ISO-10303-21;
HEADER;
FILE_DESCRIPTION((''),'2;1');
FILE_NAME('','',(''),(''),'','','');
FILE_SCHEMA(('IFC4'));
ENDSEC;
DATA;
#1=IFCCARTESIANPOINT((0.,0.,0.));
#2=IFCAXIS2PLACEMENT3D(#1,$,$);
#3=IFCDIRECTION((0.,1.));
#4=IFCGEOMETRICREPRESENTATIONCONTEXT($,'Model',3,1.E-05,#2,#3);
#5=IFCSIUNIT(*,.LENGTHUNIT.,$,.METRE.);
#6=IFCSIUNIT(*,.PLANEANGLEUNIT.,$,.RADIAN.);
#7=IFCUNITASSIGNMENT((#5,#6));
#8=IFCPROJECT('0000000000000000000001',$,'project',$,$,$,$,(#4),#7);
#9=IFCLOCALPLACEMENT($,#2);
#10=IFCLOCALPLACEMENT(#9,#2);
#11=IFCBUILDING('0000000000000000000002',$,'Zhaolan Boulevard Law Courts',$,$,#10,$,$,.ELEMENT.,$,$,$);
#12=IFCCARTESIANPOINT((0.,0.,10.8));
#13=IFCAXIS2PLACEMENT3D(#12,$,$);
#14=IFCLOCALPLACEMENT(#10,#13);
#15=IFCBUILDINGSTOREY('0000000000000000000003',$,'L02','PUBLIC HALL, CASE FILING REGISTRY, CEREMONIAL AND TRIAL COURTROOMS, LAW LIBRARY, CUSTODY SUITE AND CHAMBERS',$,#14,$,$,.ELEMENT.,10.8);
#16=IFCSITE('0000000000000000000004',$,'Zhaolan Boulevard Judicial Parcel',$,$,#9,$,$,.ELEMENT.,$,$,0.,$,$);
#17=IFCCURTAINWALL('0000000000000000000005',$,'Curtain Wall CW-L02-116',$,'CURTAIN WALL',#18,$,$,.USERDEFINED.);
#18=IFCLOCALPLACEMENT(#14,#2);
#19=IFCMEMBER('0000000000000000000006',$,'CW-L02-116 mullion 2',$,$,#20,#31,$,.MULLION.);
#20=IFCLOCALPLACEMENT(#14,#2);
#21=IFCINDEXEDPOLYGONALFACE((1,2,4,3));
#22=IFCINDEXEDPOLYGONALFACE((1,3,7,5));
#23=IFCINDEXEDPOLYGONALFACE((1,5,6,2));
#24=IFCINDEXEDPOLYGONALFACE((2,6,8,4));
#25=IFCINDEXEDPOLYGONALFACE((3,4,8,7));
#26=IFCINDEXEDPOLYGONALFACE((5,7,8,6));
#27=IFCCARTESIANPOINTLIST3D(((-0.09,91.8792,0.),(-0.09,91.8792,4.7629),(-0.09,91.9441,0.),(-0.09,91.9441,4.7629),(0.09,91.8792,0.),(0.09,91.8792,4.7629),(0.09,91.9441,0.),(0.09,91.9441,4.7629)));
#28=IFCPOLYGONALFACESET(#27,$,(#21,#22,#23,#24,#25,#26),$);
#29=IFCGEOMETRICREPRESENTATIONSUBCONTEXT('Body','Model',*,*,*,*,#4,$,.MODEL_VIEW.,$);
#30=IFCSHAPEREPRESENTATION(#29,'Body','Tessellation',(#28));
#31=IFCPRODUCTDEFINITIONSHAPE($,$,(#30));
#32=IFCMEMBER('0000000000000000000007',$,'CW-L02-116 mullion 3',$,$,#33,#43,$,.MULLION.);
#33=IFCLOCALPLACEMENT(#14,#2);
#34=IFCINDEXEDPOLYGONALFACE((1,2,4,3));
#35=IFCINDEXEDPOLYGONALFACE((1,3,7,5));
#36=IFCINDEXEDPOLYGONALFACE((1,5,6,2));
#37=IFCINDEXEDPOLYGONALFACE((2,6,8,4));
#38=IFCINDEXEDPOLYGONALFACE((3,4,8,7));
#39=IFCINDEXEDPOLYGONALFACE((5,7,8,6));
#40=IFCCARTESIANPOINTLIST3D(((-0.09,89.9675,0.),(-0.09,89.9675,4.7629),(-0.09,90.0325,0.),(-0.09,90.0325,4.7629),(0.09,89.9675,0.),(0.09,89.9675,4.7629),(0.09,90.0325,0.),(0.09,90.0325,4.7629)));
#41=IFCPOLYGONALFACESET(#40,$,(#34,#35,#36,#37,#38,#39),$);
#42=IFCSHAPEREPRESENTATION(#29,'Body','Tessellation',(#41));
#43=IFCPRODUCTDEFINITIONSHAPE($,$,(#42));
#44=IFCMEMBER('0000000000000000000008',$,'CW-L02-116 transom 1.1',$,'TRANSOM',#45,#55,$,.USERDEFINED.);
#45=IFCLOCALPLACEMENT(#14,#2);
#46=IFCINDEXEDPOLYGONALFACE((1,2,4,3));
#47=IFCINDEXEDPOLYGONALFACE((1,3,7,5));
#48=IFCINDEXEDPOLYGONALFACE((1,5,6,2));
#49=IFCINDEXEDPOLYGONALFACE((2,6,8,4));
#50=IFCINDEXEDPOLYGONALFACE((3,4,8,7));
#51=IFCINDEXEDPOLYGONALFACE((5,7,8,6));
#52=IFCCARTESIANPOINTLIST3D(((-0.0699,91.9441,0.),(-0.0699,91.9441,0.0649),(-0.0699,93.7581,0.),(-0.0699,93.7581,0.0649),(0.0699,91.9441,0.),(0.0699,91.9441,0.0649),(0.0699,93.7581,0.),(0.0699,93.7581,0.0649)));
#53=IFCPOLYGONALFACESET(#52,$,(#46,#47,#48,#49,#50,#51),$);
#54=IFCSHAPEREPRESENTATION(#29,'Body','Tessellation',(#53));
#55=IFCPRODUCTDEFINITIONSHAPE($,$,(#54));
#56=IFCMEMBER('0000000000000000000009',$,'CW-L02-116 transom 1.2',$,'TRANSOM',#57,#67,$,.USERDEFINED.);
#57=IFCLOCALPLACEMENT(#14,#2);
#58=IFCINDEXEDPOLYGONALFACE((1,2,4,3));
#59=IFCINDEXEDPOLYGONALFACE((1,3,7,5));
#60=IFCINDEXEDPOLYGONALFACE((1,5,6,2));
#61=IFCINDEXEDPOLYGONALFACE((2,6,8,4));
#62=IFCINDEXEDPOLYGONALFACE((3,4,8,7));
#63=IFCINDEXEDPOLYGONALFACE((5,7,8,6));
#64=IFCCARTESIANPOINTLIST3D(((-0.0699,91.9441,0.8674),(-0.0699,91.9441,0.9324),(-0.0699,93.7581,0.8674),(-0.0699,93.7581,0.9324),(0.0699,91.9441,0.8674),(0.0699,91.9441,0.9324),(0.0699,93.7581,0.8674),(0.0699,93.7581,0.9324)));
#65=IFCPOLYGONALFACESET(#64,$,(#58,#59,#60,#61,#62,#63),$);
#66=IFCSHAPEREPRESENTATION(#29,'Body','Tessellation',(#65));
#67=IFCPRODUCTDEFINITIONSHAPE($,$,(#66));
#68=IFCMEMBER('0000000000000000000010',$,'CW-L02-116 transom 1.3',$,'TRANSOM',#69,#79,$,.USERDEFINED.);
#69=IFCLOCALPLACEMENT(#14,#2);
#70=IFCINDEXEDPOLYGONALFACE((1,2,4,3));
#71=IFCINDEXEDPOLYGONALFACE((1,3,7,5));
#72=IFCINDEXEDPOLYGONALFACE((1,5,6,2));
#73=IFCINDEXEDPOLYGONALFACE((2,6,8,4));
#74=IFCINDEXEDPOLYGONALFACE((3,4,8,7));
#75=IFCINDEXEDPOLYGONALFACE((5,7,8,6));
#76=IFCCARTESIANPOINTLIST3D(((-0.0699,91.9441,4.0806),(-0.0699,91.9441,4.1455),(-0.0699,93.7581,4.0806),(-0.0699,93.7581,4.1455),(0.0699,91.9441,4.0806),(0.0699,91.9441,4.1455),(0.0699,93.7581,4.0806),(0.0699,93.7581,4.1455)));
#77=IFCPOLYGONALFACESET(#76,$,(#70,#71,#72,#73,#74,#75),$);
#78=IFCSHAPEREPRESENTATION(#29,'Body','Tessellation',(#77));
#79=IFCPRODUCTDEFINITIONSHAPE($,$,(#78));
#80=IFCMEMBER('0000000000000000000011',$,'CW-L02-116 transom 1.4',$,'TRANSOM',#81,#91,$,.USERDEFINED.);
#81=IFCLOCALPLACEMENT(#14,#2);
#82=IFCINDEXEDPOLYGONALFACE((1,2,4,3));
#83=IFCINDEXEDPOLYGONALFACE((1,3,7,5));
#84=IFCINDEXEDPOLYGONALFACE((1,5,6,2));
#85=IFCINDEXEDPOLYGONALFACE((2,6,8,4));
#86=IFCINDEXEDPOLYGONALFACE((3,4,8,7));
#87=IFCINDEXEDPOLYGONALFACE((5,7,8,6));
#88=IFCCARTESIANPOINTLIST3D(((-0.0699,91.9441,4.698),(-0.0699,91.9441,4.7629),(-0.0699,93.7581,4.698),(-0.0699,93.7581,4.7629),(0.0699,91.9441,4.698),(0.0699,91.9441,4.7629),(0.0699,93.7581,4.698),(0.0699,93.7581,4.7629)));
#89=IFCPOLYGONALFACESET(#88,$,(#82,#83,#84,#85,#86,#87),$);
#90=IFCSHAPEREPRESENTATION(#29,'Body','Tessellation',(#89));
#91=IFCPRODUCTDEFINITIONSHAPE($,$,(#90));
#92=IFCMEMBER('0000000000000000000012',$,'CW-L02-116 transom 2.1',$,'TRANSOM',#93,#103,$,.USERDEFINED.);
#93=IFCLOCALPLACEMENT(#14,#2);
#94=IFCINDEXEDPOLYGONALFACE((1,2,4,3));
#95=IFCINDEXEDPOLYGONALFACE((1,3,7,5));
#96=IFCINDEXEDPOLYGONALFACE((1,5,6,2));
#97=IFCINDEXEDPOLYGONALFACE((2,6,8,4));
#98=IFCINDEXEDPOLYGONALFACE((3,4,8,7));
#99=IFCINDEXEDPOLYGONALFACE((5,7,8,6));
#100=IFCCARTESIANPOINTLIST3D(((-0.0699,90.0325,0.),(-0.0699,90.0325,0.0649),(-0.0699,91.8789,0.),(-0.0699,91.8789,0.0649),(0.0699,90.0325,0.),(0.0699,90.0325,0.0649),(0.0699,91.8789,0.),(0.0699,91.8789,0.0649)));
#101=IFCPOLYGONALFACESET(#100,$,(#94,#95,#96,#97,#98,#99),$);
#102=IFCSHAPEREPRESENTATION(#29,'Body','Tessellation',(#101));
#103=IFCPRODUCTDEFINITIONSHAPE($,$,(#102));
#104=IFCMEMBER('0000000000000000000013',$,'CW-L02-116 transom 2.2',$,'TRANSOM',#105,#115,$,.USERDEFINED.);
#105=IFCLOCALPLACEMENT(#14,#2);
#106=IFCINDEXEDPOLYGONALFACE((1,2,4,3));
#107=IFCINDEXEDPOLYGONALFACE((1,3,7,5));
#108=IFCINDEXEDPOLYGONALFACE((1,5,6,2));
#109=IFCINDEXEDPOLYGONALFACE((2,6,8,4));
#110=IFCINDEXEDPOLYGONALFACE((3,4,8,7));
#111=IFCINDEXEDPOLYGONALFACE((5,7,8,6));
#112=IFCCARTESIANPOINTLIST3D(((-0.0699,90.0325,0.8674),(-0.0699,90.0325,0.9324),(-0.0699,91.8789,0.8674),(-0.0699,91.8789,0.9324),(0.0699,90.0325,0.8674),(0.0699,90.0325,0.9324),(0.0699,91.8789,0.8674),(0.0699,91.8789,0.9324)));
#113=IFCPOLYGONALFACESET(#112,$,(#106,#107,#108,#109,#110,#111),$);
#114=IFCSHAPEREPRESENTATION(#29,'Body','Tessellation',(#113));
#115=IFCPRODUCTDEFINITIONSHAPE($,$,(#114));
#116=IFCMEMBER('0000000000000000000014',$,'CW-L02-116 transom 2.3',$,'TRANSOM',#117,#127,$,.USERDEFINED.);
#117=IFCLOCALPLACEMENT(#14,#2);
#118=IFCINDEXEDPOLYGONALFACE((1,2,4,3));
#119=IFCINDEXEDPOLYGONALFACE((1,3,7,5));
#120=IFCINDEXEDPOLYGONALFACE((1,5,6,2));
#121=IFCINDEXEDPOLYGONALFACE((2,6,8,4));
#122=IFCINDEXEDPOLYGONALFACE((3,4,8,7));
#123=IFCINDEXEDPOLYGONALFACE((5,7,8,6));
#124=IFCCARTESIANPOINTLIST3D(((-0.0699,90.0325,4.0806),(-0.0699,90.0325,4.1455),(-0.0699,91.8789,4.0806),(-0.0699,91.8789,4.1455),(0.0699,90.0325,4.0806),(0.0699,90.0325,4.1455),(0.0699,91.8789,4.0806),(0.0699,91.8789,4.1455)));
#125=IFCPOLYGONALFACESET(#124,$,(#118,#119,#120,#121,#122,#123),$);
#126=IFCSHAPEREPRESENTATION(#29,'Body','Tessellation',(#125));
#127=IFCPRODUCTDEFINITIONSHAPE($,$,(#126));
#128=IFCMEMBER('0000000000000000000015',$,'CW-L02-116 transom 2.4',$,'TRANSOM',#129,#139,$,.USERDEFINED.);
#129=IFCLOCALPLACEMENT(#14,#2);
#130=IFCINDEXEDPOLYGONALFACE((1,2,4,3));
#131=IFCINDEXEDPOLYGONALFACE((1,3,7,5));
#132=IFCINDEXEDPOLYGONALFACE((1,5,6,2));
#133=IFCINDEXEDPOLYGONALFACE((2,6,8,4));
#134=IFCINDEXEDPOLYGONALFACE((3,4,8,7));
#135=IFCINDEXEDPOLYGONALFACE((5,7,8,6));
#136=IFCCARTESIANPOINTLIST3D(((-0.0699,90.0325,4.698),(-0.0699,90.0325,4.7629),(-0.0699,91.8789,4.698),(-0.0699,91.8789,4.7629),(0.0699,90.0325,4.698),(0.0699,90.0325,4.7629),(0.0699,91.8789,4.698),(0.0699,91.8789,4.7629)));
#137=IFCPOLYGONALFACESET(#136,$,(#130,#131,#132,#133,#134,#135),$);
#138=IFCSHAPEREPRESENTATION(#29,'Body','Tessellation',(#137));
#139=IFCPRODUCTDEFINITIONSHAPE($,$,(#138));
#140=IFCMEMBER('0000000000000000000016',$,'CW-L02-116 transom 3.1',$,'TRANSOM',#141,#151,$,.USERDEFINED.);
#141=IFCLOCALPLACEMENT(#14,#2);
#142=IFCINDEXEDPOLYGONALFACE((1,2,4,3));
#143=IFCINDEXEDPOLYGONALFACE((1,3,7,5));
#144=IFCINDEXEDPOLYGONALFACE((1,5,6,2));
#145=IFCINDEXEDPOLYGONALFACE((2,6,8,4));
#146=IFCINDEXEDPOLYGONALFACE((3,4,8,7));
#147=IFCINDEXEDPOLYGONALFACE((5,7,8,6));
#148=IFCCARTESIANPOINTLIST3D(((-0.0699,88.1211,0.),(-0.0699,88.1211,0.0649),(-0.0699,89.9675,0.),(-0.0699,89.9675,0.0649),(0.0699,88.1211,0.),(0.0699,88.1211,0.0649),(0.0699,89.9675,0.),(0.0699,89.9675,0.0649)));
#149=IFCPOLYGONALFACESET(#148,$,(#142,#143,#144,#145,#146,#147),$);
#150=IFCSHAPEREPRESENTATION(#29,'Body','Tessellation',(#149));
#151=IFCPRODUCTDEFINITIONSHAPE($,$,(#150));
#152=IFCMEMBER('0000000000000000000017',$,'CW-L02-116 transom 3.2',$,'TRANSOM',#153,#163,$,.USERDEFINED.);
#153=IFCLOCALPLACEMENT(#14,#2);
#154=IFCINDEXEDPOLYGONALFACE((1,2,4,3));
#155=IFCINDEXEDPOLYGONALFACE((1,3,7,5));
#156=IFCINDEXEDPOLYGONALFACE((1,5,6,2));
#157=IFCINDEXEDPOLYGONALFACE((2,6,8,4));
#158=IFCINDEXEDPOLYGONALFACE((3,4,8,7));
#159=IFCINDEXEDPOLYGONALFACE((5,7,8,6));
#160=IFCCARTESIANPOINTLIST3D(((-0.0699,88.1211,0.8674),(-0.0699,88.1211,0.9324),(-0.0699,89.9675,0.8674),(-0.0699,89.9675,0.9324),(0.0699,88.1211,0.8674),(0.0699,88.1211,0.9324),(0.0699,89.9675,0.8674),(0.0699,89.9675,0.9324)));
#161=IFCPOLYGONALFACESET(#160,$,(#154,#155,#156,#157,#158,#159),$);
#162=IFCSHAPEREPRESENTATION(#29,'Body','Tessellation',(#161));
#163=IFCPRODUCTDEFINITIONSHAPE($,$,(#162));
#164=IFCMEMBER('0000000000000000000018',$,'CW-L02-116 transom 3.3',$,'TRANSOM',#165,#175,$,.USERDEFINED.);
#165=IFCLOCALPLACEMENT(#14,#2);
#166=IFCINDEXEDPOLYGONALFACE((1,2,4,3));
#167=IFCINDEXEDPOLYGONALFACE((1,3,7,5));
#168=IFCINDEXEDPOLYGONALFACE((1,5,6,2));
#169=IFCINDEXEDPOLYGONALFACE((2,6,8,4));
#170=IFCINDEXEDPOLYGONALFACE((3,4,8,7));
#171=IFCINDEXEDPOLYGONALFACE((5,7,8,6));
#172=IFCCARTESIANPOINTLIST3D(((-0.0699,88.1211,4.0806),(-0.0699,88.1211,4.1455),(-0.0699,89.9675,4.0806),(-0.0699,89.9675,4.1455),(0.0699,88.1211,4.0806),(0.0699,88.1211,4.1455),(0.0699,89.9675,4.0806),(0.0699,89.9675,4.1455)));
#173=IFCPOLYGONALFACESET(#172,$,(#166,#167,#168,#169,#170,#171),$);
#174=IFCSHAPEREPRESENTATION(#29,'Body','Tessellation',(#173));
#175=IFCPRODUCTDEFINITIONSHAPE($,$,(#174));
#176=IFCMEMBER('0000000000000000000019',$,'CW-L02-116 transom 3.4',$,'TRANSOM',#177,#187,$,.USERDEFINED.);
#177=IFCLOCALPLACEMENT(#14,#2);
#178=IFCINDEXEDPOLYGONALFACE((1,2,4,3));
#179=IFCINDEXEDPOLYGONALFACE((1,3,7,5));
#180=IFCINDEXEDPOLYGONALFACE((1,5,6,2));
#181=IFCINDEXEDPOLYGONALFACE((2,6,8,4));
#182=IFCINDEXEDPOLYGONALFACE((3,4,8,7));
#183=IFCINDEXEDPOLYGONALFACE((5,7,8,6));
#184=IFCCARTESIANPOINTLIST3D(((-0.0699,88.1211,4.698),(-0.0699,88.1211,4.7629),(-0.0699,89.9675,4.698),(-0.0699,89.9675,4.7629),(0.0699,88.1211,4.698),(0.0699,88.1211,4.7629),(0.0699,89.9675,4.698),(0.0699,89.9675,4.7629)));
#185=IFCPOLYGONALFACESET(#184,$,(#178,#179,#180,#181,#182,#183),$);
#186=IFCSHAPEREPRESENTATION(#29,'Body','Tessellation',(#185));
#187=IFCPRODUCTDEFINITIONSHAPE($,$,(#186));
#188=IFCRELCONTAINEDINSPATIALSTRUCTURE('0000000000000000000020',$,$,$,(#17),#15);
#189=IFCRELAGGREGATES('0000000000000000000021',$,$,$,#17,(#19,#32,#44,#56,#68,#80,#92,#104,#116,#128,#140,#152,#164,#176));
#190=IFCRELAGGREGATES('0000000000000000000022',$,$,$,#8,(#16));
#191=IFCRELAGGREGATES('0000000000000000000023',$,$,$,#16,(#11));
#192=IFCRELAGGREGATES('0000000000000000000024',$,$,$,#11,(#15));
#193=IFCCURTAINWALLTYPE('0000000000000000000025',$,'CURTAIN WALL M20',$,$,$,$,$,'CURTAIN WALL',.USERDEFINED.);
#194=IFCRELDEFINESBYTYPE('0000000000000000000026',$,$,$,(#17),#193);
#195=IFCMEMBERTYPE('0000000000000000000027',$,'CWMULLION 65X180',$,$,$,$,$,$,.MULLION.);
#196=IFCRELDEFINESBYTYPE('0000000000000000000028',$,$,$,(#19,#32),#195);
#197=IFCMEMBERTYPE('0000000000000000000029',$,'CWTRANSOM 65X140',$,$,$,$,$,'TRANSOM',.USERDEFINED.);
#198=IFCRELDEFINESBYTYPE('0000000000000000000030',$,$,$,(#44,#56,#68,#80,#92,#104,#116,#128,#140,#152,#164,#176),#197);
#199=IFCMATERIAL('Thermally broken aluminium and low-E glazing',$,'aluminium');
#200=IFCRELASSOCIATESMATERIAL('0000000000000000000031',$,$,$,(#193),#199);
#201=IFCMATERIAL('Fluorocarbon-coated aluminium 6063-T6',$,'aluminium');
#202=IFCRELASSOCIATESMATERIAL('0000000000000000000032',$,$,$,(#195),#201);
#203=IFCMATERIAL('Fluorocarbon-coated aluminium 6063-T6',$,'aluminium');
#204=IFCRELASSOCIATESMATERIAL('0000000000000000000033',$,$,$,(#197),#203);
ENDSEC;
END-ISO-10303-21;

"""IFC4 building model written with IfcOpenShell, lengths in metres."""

from ifc_helpers import new_model, si_unit, direction, frame, origin, origin_2d, place, context, subcontext, project, spatial, rectangle, extrude, material, material_profile, profile_set, type_object, element, aggregate, save


model = new_model("IFC4")

# Units and contexts
model_context = context("Model", 3, precision=1e-05, world=origin(), true_north=direction((0.0, 1.0)))
body_context = subcontext(model_context, "Body", "Model", "MODEL_VIEW")
ifc_project = project(units=[si_unit("LENGTHUNIT", "METRE"), si_unit("PLANEANGLEUNIT", "RADIAN")], contexts=[model_context])

# Site, building, storey
site_placement = place(None, origin())
site = spatial("IfcSite", under=ifc_project, at=site_placement, Name="Zhaolan Boulevard Judicial Parcel", CompositionType="ELEMENT", RefElevation=0.0)
building_placement = place(site_placement, origin())
building = spatial("IfcBuilding", under=site, at=building_placement, Name="Zhaolan Boulevard Law Courts", CompositionType="ELEMENT")
storey_placement = place(building_placement, frame((0.0, 0.0, 10.8)))
storey = spatial("IfcBuildingStorey", under=building, at=storey_placement, Name="L02", Description="PUBLIC HALL, CASE FILING REGISTRY, CEREMONIAL AND TRIAL COURTROOMS, LAW LIBRARY, CUSTODY SUITE AND CHAMBERS", CompositionType="ELEMENT", Elevation=10.8)

# Curtain wall, members
ifc_material_1 = material(Name="Thermally broken aluminium and low-E glazing", Category="aluminium")
curtain_wall_type = type_object("IfcCurtainWallType", Name="CURTAIN WALL M20", ElementType="CURTAIN WALL", PredefinedType="USERDEFINED", material=ifc_material_1)
curtain_wall_placement = place(storey_placement, origin())
curtain_wall = element("IfcCurtainWall", 1, at=curtain_wall_placement, inside=storey, type_object=curtain_wall_type, Name="Curtain Wall CW-L02-116", ObjectType="CURTAIN WALL", PredefinedType="USERDEFINED")
ifc_material_2 = material(Name="Fluorocarbon-coated aluminium 6063-T6", Category="aluminium")
ifc_material_profile_1 = material_profile(ifc_material_2, rectangle(XDim=0.1799, YDim=0.0649, at=origin_2d()), Name="AL65x180")
ifc_profile_set_1 = profile_set([ifc_material_profile_1], Name="Fluorocarbon-coated aluminium 6063-T6")
member_type_1 = type_object("IfcMemberType", Name="CWMULLION 65X180", PredefinedType="MULLION", material=ifc_profile_set_1)
member_1_placement = place(storey_placement, frame((0.0, 91.9116, 0.0), z_axis=(0.0, 0.0, 1.0), x_axis=(1.0, 0.0, 0.0)))
member_1 = element("IfcMember", 2, at=member_1_placement, type_object=member_type_1, Name="CW-L02-116 mullion 2", PredefinedType="MULLION", context=body_context, shape_type="SweptSolid", body=[
    extrude(rectangle(XDim=0.1799, YDim=0.0649, at=origin_2d()), origin(), (0.0, 0.0, 1.0), 4.7629),
])
member_2_placement = place(storey_placement, frame((0.0, 90.0, 0.0), z_axis=(0.0, 0.0, 1.0), x_axis=(1.0, 0.0, 0.0)))
member_2 = element("IfcMember", 3, at=member_2_placement, type_object=member_type_1, Name="CW-L02-116 mullion 3", PredefinedType="MULLION", context=body_context, shape_type="SweptSolid", body=[
    extrude(rectangle(XDim=0.1799, YDim=0.0649, at=origin_2d()), origin(), (0.0, 0.0, 1.0), 4.7629),
])
ifc_material_3 = material(Name="Fluorocarbon-coated aluminium 6063-T6", Category="aluminium")
ifc_material_profile_2 = material_profile(ifc_material_3, rectangle(XDim=0.1399, YDim=0.0649, at=origin_2d()), Name="AL65x140")
ifc_profile_set_2 = profile_set([ifc_material_profile_2], Name="Fluorocarbon-coated aluminium 6063-T6")
member_type_2 = type_object("IfcMemberType", Name="CWTRANSOM 65X140", ElementType="TRANSOM", PredefinedType="USERDEFINED", material=ifc_profile_set_2)
member_3_placement = place(storey_placement, frame((0.0, 93.7581, 0.0325), z_axis=(0.0, -1.0, 0.0), x_axis=(1.0, 0.0, 0.0)))
member_3 = element("IfcMember", 4, at=member_3_placement, type_object=member_type_2, Name="CW-L02-116 transom 1.1", ObjectType="TRANSOM", PredefinedType="USERDEFINED", context=body_context, shape_type="SweptSolid", body=[
    extrude(rectangle(XDim=0.1399, YDim=0.0649, at=origin_2d()), origin(), (0.0, 0.0, 1.0), 1.814),
])
member_4_placement = place(storey_placement, frame((0.0, 93.7581, 0.8999), z_axis=(0.0, -1.0, 0.0), x_axis=(1.0, 0.0, 0.0)))
member_4 = element("IfcMember", 5, at=member_4_placement, type_object=member_type_2, Name="CW-L02-116 transom 1.2", ObjectType="TRANSOM", PredefinedType="USERDEFINED", context=body_context, shape_type="SweptSolid", body=[
    extrude(rectangle(XDim=0.1399, YDim=0.0649, at=origin_2d()), origin(), (0.0, 0.0, 1.0), 1.814),
])
member_5_placement = place(storey_placement, frame((0.0, 93.7581, 4.113), z_axis=(0.0, -1.0, 0.0), x_axis=(1.0, 0.0, 0.0)))
member_5 = element("IfcMember", 6, at=member_5_placement, type_object=member_type_2, Name="CW-L02-116 transom 1.3", ObjectType="TRANSOM", PredefinedType="USERDEFINED", context=body_context, shape_type="SweptSolid", body=[
    extrude(rectangle(XDim=0.1399, YDim=0.0649, at=origin_2d()), origin(), (0.0, 0.0, 1.0), 1.814),
])
member_6_placement = place(storey_placement, frame((0.0, 93.7581, 4.7305), z_axis=(0.0, -1.0, 0.0), x_axis=(1.0, 0.0, 0.0)))
member_6 = element("IfcMember", 7, at=member_6_placement, type_object=member_type_2, Name="CW-L02-116 transom 1.4", ObjectType="TRANSOM", PredefinedType="USERDEFINED", context=body_context, shape_type="SweptSolid", body=[
    extrude(rectangle(XDim=0.1399, YDim=0.0649, at=origin_2d()), origin(), (0.0, 0.0, 1.0), 1.814),
])
member_7_placement = place(storey_placement, frame((0.0, 91.8789, 0.0325), z_axis=(0.0, -1.0, 0.0), x_axis=(1.0, 0.0, 0.0)))
member_7 = element("IfcMember", 8, at=member_7_placement, type_object=member_type_2, Name="CW-L02-116 transom 2.1", ObjectType="TRANSOM", PredefinedType="USERDEFINED", context=body_context, shape_type="SweptSolid", body=[
    extrude(rectangle(XDim=0.1399, YDim=0.0649, at=origin_2d()), origin(), (0.0, 0.0, 1.0), 1.8464),
])
member_8_placement = place(storey_placement, frame((0.0, 91.8789, 0.8999), z_axis=(0.0, -1.0, 0.0), x_axis=(1.0, 0.0, 0.0)))
member_8 = element("IfcMember", 9, at=member_8_placement, type_object=member_type_2, Name="CW-L02-116 transom 2.2", ObjectType="TRANSOM", PredefinedType="USERDEFINED", context=body_context, shape_type="SweptSolid", body=[
    extrude(rectangle(XDim=0.1399, YDim=0.0649, at=origin_2d()), origin(), (0.0, 0.0, 1.0), 1.8464),
])
member_9_placement = place(storey_placement, frame((0.0, 91.8789, 4.113), z_axis=(0.0, -1.0, 0.0), x_axis=(1.0, 0.0, 0.0)))
member_9 = element("IfcMember", 10, at=member_9_placement, type_object=member_type_2, Name="CW-L02-116 transom 2.3", ObjectType="TRANSOM", PredefinedType="USERDEFINED", context=body_context, shape_type="SweptSolid", body=[
    extrude(rectangle(XDim=0.1399, YDim=0.0649, at=origin_2d()), origin(), (0.0, 0.0, 1.0), 1.8464),
])
member_10_placement = place(storey_placement, frame((0.0, 91.8789, 4.7305), z_axis=(0.0, -1.0, 0.0), x_axis=(1.0, 0.0, 0.0)))
member_10 = element("IfcMember", 11, at=member_10_placement, type_object=member_type_2, Name="CW-L02-116 transom 2.4", ObjectType="TRANSOM", PredefinedType="USERDEFINED", context=body_context, shape_type="SweptSolid", body=[
    extrude(rectangle(XDim=0.1399, YDim=0.0649, at=origin_2d()), origin(), (0.0, 0.0, 1.0), 1.8464),
])
member_11_placement = place(storey_placement, frame((0.0, 89.9675, 0.0325), z_axis=(0.0, -1.0, 0.0), x_axis=(1.0, 0.0, 0.0)))
member_11 = element("IfcMember", 12, at=member_11_placement, type_object=member_type_2, Name="CW-L02-116 transom 3.1", ObjectType="TRANSOM", PredefinedType="USERDEFINED", context=body_context, shape_type="SweptSolid", body=[
    extrude(rectangle(XDim=0.1399, YDim=0.0649, at=origin_2d()), origin(), (0.0, 0.0, 1.0), 1.8464),
])
member_12_placement = place(storey_placement, frame((0.0, 89.9675, 0.8999), z_axis=(0.0, -1.0, 0.0), x_axis=(1.0, 0.0, 0.0)))
member_12 = element("IfcMember", 13, at=member_12_placement, type_object=member_type_2, Name="CW-L02-116 transom 3.2", ObjectType="TRANSOM", PredefinedType="USERDEFINED", context=body_context, shape_type="SweptSolid", body=[
    extrude(rectangle(XDim=0.1399, YDim=0.0649, at=origin_2d()), origin(), (0.0, 0.0, 1.0), 1.8464),
])
member_13_placement = place(storey_placement, frame((0.0, 89.9675, 4.113), z_axis=(0.0, -1.0, 0.0), x_axis=(1.0, 0.0, 0.0)))
member_13 = element("IfcMember", 14, at=member_13_placement, type_object=member_type_2, Name="CW-L02-116 transom 3.3", ObjectType="TRANSOM", PredefinedType="USERDEFINED", context=body_context, shape_type="SweptSolid", body=[
    extrude(rectangle(XDim=0.1399, YDim=0.0649, at=origin_2d()), origin(), (0.0, 0.0, 1.0), 1.8464),
])
member_14_placement = place(storey_placement, frame((0.0, 89.9675, 4.7305), z_axis=(0.0, -1.0, 0.0), x_axis=(1.0, 0.0, 0.0)))
member_14 = element("IfcMember", 15, at=member_14_placement, type_object=member_type_2, Name="CW-L02-116 transom 3.4", ObjectType="TRANSOM", PredefinedType="USERDEFINED", context=body_context, shape_type="SweptSolid", body=[
    extrude(rectangle(XDim=0.1399, YDim=0.0649, at=origin_2d()), origin(), (0.0, 0.0, 1.0), 1.8464),
])
aggregate(curtain_wall, [member_1, member_2, member_3, member_4, member_5, member_6, member_7, member_8, member_9, member_10, member_11, member_12, member_13, member_14])

save(model, "model.ifc")
